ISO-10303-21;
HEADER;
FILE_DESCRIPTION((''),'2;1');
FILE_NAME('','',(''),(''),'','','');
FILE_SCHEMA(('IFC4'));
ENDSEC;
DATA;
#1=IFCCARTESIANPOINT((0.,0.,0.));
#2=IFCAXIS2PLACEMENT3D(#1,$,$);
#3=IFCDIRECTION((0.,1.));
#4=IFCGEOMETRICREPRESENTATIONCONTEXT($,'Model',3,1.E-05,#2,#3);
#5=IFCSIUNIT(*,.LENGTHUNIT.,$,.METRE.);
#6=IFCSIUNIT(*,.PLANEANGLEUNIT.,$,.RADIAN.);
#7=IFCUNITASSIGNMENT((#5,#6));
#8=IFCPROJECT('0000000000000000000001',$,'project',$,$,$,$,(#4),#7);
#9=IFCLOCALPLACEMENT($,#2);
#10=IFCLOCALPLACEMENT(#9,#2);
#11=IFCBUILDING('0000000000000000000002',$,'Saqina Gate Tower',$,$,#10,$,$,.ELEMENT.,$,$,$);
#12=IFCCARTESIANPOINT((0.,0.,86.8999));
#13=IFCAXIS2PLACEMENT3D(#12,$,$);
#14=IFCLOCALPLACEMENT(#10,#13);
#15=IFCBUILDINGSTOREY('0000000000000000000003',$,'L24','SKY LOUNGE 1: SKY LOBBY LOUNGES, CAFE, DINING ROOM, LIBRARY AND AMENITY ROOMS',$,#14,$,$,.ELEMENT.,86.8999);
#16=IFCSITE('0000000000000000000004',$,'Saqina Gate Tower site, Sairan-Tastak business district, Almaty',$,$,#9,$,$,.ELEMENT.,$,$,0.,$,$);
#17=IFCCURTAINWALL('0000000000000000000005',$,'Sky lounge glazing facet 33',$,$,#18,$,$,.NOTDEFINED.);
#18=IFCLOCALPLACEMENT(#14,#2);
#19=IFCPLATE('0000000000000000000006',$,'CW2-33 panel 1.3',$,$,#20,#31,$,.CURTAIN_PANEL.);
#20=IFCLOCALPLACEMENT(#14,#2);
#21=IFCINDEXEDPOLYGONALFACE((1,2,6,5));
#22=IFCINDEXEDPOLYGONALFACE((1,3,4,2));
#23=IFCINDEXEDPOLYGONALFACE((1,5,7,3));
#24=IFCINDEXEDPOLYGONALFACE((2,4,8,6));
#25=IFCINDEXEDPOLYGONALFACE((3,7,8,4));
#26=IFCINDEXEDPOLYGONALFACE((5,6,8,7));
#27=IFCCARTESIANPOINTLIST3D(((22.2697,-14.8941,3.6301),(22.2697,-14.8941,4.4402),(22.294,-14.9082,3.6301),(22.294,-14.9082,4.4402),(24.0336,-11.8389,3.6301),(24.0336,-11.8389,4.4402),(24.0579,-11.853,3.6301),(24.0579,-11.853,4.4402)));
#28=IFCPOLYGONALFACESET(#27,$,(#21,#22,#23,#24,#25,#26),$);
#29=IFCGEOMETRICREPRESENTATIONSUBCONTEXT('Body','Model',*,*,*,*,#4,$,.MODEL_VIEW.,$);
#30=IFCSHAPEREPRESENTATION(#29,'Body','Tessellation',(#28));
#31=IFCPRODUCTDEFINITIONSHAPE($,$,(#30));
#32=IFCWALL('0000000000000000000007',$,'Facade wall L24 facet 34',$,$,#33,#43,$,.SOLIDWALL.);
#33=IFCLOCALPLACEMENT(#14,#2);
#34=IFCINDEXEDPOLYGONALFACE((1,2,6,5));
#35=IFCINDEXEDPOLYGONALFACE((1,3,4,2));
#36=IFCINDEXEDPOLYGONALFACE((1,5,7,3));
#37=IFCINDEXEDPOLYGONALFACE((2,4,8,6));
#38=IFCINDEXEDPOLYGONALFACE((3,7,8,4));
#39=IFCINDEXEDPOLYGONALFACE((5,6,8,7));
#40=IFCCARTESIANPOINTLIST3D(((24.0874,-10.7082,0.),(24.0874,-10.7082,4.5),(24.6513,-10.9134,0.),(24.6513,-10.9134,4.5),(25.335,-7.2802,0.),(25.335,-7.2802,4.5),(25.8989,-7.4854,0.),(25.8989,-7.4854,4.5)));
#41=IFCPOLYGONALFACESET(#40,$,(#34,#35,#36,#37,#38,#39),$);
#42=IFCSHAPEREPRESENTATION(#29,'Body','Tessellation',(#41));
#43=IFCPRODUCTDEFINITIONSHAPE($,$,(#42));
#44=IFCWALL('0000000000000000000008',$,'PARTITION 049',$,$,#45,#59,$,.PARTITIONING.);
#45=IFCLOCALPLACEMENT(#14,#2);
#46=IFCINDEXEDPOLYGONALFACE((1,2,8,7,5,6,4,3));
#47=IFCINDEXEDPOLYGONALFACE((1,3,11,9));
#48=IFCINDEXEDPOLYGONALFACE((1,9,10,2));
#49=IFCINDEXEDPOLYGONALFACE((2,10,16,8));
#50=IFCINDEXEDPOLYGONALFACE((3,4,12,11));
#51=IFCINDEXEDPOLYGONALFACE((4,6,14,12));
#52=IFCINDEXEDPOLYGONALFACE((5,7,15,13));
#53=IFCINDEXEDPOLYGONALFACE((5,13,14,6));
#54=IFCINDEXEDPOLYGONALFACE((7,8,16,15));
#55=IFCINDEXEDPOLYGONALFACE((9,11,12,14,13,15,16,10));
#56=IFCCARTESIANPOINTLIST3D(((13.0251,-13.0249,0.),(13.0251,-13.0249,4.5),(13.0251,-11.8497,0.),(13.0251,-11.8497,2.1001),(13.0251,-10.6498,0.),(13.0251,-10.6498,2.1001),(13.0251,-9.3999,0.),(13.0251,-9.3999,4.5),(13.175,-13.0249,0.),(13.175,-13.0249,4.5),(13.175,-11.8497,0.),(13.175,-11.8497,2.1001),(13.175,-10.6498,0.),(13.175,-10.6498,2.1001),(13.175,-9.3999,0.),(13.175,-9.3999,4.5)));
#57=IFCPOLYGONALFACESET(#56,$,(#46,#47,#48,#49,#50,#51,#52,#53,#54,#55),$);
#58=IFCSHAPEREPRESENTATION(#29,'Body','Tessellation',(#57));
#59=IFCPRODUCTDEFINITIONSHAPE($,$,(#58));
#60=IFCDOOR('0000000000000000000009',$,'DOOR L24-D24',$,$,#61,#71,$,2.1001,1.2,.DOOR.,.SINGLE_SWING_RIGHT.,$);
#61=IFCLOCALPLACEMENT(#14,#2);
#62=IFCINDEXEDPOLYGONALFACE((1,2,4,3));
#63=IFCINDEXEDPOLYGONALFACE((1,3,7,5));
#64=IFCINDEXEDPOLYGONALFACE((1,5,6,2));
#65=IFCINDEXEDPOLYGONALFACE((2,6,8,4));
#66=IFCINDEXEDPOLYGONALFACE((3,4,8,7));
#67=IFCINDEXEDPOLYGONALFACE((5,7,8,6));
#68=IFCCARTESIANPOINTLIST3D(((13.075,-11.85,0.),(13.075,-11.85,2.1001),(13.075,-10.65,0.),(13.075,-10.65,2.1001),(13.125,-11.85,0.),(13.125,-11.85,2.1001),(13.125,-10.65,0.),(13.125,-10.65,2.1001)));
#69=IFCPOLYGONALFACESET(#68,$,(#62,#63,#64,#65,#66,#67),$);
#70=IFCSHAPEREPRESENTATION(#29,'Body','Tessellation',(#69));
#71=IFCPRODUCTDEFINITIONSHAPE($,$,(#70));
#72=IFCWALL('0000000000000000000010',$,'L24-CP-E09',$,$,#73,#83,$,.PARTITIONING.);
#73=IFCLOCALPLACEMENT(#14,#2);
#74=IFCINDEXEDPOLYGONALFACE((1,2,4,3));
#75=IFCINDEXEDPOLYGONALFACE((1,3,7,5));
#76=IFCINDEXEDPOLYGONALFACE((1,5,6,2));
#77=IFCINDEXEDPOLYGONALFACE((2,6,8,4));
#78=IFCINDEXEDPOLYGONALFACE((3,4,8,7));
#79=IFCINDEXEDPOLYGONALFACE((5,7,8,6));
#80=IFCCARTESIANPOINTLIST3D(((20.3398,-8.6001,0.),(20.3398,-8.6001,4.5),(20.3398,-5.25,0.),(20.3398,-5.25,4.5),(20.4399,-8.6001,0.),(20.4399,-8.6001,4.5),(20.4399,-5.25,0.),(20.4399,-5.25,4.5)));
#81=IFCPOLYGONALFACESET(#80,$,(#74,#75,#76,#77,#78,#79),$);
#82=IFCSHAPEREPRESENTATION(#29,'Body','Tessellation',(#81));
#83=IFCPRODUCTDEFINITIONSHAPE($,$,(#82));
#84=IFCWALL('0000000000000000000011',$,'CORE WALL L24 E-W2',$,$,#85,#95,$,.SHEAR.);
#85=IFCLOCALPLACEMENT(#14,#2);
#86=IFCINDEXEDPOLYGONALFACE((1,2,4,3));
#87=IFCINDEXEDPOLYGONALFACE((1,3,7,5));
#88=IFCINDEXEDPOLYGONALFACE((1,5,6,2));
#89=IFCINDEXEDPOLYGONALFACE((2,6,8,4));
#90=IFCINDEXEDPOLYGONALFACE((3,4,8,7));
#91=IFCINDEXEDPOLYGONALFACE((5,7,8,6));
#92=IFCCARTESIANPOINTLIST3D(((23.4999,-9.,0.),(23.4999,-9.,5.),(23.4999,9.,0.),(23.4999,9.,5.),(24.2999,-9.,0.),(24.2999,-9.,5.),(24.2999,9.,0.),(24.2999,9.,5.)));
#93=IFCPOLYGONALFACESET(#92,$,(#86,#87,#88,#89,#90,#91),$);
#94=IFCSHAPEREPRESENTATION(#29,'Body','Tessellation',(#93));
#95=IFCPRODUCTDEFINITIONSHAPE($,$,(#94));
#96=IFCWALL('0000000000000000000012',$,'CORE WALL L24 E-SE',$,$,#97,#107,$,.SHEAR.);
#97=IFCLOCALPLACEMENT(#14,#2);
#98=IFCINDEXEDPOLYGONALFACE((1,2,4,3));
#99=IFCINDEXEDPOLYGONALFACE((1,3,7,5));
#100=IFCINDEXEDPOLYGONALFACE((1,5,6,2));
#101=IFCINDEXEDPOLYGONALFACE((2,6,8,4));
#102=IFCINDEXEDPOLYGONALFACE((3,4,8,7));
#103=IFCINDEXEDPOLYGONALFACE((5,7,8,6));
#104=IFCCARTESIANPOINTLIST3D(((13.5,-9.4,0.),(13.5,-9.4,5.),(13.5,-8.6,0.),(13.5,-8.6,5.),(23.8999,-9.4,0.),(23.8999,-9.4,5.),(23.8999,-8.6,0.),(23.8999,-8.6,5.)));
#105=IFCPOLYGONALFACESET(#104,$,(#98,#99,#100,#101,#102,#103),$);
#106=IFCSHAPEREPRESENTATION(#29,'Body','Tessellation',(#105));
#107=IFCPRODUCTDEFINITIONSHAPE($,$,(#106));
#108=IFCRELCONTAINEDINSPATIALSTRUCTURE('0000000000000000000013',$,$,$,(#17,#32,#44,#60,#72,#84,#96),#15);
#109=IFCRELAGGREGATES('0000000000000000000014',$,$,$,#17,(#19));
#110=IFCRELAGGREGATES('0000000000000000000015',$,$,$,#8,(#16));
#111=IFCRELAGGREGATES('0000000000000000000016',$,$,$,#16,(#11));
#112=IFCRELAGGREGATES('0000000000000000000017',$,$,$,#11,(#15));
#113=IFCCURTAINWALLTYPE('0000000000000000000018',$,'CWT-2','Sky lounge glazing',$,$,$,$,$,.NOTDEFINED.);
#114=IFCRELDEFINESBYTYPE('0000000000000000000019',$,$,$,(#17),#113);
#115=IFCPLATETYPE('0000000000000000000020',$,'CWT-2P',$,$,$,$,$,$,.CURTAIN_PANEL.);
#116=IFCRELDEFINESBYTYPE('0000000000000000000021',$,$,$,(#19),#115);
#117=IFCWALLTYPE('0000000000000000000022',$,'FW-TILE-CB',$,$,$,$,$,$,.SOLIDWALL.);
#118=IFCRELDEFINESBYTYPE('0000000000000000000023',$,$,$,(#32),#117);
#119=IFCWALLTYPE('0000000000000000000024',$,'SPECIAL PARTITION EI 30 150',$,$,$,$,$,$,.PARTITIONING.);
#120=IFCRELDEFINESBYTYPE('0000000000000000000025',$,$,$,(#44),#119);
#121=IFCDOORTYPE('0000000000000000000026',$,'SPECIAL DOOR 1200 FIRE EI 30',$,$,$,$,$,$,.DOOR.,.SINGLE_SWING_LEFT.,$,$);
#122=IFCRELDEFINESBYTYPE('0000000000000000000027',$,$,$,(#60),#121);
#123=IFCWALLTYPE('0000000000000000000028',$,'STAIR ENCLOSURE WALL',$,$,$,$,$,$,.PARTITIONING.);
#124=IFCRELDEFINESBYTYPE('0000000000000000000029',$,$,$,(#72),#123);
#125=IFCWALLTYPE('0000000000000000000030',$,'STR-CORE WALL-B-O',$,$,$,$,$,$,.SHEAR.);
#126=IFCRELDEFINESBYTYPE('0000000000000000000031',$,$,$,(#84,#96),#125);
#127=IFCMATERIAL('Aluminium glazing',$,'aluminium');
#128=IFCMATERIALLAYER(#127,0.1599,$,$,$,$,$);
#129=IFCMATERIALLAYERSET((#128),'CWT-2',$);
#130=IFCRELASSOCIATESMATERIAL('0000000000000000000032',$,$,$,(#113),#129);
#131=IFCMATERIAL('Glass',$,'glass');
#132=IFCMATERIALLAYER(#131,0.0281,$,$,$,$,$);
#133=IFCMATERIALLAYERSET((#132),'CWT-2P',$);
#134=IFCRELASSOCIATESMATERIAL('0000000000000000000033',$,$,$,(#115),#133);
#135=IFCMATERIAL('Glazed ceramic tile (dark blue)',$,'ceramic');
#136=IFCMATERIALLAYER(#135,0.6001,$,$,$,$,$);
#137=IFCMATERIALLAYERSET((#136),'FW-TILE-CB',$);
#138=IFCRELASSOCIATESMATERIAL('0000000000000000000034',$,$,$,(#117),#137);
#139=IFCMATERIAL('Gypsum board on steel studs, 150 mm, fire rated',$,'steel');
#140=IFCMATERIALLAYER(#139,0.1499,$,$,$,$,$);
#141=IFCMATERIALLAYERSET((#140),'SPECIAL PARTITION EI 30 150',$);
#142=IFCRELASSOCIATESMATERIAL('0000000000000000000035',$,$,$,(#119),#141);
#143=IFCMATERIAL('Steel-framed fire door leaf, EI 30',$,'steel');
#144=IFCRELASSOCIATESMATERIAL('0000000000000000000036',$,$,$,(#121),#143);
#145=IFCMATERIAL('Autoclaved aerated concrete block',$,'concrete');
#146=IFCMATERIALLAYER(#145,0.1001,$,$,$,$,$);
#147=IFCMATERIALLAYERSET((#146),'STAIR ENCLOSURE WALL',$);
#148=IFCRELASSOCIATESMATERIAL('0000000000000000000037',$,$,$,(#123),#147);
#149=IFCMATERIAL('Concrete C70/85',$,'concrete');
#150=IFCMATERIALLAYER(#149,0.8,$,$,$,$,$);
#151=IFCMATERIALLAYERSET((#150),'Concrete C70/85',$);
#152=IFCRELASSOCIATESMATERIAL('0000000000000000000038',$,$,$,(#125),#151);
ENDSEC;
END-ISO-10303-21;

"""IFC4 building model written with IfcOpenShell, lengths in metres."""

from ifc_helpers import new_model, si_unit, direction, frame, frame_2d, origin, origin_2d, place, context, subcontext, project, spatial, rectangle, extrude, material, layer, layer_set, type_object, element, fill, aggregate, save


model = new_model("IFC4")

# Units and contexts
model_context = context("Model", 3, precision=1e-05, world=origin(), true_north=direction((0.0, 1.0)))
body_context = subcontext(model_context, "Body", "Model", "MODEL_VIEW")
ifc_project = project(units=[si_unit("LENGTHUNIT", "METRE"), si_unit("PLANEANGLEUNIT", "RADIAN")], contexts=[model_context])

# Site, building, storey
site_placement = place(None, origin())
site = spatial("IfcSite", under=ifc_project, at=site_placement, Name="Saqina Gate Tower site, Sairan-Tastak business district, Almaty", CompositionType="ELEMENT", RefElevation=0.0)
building_placement = place(site_placement, origin())
building = spatial("IfcBuilding", under=site, at=building_placement, Name="Saqina Gate Tower", CompositionType="ELEMENT")
storey_placement = place(building_placement, frame((0.0, 0.0, 86.8999)))
storey = spatial("IfcBuildingStorey", under=building, at=storey_placement, Name="L24", Description="SKY LOUNGE 1: SKY LOBBY LOUNGES, CAFE, DINING ROOM, LIBRARY AND AMENITY ROOMS", CompositionType="ELEMENT", Elevation=86.8999)

# Shared definitions
ifc_material_1 = material(Name="Aluminium glazing", Category="aluminium")
ifc_layer_1 = layer(ifc_material_1, 0.1599)
ifc_layer_set_1 = layer_set([ifc_layer_1], Name="CWT-2")
curtain_wall_type = type_object("IfcCurtainWallType", Name="CWT-2", Description="Sky lounge glazing", PredefinedType="NOTDEFINED", material=ifc_layer_set_1)

# Curtain wall
curtain_wall_1_placement = place(storey_placement, origin())
curtain_wall_1 = element("IfcCurtainWall", 1, at=curtain_wall_1_placement, inside=storey, type_object=curtain_wall_type, Name="Sky lounge glazing facet 33", PredefinedType="NOTDEFINED")

# Plate
ifc_material_2 = material(Name="Glass", Category="glass")
ifc_layer_2 = layer(ifc_material_2, 0.0281)
ifc_layer_set_2 = layer_set([ifc_layer_2], Name="CWT-2P")
plate_type = type_object("IfcPlateType", Name="CWT-2P", PredefinedType="CURTAIN_PANEL", material=ifc_layer_set_2)
plate_1_placement = place(storey_placement, frame((23.1638, -13.3735, 3.6301), z_axis=(0.0, 0.0, 1.0), x_axis=(0.499999, 0.866026, 0.0)))
plate_1 = element("IfcPlate", 2, at=plate_1_placement, type_object=plate_type, Name="CW2-33 panel 1.3", PredefinedType="CURTAIN_PANEL", context=body_context, shape_type="SweptSolid", body=[
    extrude(rectangle(XDim=3.5278, YDim=0.0281, at=origin_2d()), origin(), (0.0, 0.0, 1.0), 0.8101),
])
aggregate(curtain_wall_1, [plate_1])

# Wall
ifc_material_3 = material(Name="Glazed ceramic tile (dark blue)", Category="ceramic")
ifc_layer_3 = layer(ifc_material_3, 0.6001)
ifc_layer_set_3 = layer_set([ifc_layer_3], Name="FW-TILE-CB")
wall_type_1 = type_object("IfcWallType", Name="FW-TILE-CB", PredefinedType="SOLIDWALL", material=ifc_layer_set_3)
wall_1_placement = place(storey_placement, frame((24.3694, -10.8108, 0.0), z_axis=(0.0, 0.0, 1.0), x_axis=(0.34199, 0.939704, 0.0)))
element("IfcWall", 3, at=wall_1_placement, inside=storey, type_object=wall_type_1, Name="Facade wall L24 facet 34", PredefinedType="SOLIDWALL", context=body_context, shape_type="SweptSolid", body=[
    extrude(rectangle(XDim=3.6479, YDim=0.6001, at=frame_2d((1.824, 0.0))), origin(), (0.0, 0.0, 1.0), 4.5),
])

# Wall, opening, door
ifc_material_4 = material(Name="Gypsum board on steel studs, 150 mm, fire rated", Category="steel")
ifc_layer_4 = layer(ifc_material_4, 0.1499)
ifc_layer_set_4 = layer_set([ifc_layer_4], Name="SPECIAL PARTITION EI 30 150")
wall_type_2 = type_object("IfcWallType", Name="SPECIAL PARTITION EI 30 150", PredefinedType="PARTITIONING", material=ifc_layer_set_4)
wall_2_placement = place(storey_placement, frame((13.1001, -13.0249, 0.0), z_axis=(0.0, 0.0, 1.0), x_axis=(0.0, 1.0, 0.0)))
wall_2 = element("IfcWall", 4, at=wall_2_placement, inside=storey, type_object=wall_type_2, Name="PARTITION 049", PredefinedType="PARTITIONING", context=body_context, shape_type="SweptSolid", body=[
    extrude(rectangle(XDim=3.625, YDim=0.1499, at=frame_2d((1.8125, 0.0))), origin(), (0.0, 0.0, 1.0), 4.5),
])
opening_1_placement = place(wall_2_placement, frame((1.175, 0.0, 0.0)))
opening_1 = element("IfcOpeningElement", 5, at=opening_1_placement, cuts=wall_2, PredefinedType="OPENING", context=body_context, shape_type="SweptSolid", body=[
    extrude(rectangle(XDim=1.2, YDim=2.1001, at=frame_2d((0.6001, 1.05))), frame((0.0, 0.0869, 0.0), z_axis=(0.0, -1.0, 0.0), x_axis=(1.0, 0.0, 0.0)), (0.0, 0.0, 1.0), 0.1738),
])
ifc_material_5 = material(Name="Steel-framed fire door leaf, EI 30", Category="steel")
door_type_1 = type_object("IfcDoorType", Name="SPECIAL DOOR 1200 FIRE EI 30", OperationType="SINGLE_SWING_LEFT", PredefinedType="DOOR", material=ifc_material_5)
door_1_placement = place(opening_1_placement, frame((1.2, 0.0, 0.0), z_axis=(0.0, 0.0, 1.0), x_axis=(-1.0, 0.0, 0.0)))
door_1 = element("IfcDoor", 6, at=door_1_placement, inside=storey, type_object=door_type_1, Name="DOOR L24-D24", OperationType="SINGLE_SWING_RIGHT", OverallHeight=2.1001, OverallWidth=1.2, PredefinedType="DOOR", context=body_context, shape_type="SweptSolid", body=[
    extrude(rectangle(XDim=1.2, YDim=2.1001, at=frame_2d((0.6001, 1.05))), frame((0.0, 0.0249, 0.0), z_axis=(0.0, -1.0, 0.0), x_axis=(1.0, 0.0, 0.0)), (0.0, 0.0, 1.0), 0.05),
])
fill(opening_1, door_1)

# Wall
ifc_material_6 = material(Name="Autoclaved aerated concrete block", Category="concrete")
ifc_layer_5 = layer(ifc_material_6, 0.1001)
ifc_layer_set_5 = layer_set([ifc_layer_5], Name="STAIR ENCLOSURE WALL")
wall_type_3 = type_object("IfcWallType", Name="STAIR ENCLOSURE WALL", PredefinedType="PARTITIONING", material=ifc_layer_set_5)
wall_3_placement = place(storey_placement, frame((20.3899, -8.6001, 0.0), z_axis=(0.0, 0.0, 1.0), x_axis=(0.0, 1.0, 0.0)))
element("IfcWall", 7, at=wall_3_placement, inside=storey, type_object=wall_type_3, Name="L24-CP-E09", PredefinedType="PARTITIONING", context=body_context, shape_type="SweptSolid", body=[
    extrude(rectangle(XDim=3.3501, YDim=0.1001, at=frame_2d((1.675, 0.0))), origin(), (0.0, 0.0, 1.0), 4.5),
])

# Shared definitions
ifc_material_7 = material(Name="Concrete C70/85", Category="concrete")
ifc_layer_6 = layer(ifc_material_7, 0.8)
ifc_layer_set_6 = layer_set([ifc_layer_6], Name="Concrete C70/85")
wall_type_4 = type_object("IfcWallType", Name="STR-CORE WALL-B-O", PredefinedType="SHEAR", material=ifc_layer_set_6)

# Walls
wall_4_placement = place(storey_placement, frame((23.8999, -9.0, 0.0), z_axis=(0.0, 0.0, 1.0), x_axis=(0.0, 1.0, 0.0)))
element("IfcWall", 8, at=wall_4_placement, inside=storey, type_object=wall_type_4, Name="CORE WALL L24 E-W2", PredefinedType="SHEAR", context=body_context, shape_type="SweptSolid", body=[
    extrude(rectangle(XDim=18.0, YDim=0.8, at=frame_2d((9.0, 0.0))), origin(), (0.0, 0.0, 1.0), 5.0),
])
wall_5_placement = place(storey_placement, frame((13.5, -9.0, 0.0), z_axis=(0.0, 0.0, 1.0), x_axis=(1.0, 0.0, 0.0)))
element("IfcWall", 9, at=wall_5_placement, inside=storey, type_object=wall_type_4, Name="CORE WALL L24 E-SE", PredefinedType="SHEAR", context=body_context, shape_type="SweptSolid", body=[
    extrude(rectangle(XDim=10.3999, YDim=0.8, at=frame_2d((5.2, 0.0))), origin(), (0.0, 0.0, 1.0), 5.0),
])

save(model, "model.ifc")
